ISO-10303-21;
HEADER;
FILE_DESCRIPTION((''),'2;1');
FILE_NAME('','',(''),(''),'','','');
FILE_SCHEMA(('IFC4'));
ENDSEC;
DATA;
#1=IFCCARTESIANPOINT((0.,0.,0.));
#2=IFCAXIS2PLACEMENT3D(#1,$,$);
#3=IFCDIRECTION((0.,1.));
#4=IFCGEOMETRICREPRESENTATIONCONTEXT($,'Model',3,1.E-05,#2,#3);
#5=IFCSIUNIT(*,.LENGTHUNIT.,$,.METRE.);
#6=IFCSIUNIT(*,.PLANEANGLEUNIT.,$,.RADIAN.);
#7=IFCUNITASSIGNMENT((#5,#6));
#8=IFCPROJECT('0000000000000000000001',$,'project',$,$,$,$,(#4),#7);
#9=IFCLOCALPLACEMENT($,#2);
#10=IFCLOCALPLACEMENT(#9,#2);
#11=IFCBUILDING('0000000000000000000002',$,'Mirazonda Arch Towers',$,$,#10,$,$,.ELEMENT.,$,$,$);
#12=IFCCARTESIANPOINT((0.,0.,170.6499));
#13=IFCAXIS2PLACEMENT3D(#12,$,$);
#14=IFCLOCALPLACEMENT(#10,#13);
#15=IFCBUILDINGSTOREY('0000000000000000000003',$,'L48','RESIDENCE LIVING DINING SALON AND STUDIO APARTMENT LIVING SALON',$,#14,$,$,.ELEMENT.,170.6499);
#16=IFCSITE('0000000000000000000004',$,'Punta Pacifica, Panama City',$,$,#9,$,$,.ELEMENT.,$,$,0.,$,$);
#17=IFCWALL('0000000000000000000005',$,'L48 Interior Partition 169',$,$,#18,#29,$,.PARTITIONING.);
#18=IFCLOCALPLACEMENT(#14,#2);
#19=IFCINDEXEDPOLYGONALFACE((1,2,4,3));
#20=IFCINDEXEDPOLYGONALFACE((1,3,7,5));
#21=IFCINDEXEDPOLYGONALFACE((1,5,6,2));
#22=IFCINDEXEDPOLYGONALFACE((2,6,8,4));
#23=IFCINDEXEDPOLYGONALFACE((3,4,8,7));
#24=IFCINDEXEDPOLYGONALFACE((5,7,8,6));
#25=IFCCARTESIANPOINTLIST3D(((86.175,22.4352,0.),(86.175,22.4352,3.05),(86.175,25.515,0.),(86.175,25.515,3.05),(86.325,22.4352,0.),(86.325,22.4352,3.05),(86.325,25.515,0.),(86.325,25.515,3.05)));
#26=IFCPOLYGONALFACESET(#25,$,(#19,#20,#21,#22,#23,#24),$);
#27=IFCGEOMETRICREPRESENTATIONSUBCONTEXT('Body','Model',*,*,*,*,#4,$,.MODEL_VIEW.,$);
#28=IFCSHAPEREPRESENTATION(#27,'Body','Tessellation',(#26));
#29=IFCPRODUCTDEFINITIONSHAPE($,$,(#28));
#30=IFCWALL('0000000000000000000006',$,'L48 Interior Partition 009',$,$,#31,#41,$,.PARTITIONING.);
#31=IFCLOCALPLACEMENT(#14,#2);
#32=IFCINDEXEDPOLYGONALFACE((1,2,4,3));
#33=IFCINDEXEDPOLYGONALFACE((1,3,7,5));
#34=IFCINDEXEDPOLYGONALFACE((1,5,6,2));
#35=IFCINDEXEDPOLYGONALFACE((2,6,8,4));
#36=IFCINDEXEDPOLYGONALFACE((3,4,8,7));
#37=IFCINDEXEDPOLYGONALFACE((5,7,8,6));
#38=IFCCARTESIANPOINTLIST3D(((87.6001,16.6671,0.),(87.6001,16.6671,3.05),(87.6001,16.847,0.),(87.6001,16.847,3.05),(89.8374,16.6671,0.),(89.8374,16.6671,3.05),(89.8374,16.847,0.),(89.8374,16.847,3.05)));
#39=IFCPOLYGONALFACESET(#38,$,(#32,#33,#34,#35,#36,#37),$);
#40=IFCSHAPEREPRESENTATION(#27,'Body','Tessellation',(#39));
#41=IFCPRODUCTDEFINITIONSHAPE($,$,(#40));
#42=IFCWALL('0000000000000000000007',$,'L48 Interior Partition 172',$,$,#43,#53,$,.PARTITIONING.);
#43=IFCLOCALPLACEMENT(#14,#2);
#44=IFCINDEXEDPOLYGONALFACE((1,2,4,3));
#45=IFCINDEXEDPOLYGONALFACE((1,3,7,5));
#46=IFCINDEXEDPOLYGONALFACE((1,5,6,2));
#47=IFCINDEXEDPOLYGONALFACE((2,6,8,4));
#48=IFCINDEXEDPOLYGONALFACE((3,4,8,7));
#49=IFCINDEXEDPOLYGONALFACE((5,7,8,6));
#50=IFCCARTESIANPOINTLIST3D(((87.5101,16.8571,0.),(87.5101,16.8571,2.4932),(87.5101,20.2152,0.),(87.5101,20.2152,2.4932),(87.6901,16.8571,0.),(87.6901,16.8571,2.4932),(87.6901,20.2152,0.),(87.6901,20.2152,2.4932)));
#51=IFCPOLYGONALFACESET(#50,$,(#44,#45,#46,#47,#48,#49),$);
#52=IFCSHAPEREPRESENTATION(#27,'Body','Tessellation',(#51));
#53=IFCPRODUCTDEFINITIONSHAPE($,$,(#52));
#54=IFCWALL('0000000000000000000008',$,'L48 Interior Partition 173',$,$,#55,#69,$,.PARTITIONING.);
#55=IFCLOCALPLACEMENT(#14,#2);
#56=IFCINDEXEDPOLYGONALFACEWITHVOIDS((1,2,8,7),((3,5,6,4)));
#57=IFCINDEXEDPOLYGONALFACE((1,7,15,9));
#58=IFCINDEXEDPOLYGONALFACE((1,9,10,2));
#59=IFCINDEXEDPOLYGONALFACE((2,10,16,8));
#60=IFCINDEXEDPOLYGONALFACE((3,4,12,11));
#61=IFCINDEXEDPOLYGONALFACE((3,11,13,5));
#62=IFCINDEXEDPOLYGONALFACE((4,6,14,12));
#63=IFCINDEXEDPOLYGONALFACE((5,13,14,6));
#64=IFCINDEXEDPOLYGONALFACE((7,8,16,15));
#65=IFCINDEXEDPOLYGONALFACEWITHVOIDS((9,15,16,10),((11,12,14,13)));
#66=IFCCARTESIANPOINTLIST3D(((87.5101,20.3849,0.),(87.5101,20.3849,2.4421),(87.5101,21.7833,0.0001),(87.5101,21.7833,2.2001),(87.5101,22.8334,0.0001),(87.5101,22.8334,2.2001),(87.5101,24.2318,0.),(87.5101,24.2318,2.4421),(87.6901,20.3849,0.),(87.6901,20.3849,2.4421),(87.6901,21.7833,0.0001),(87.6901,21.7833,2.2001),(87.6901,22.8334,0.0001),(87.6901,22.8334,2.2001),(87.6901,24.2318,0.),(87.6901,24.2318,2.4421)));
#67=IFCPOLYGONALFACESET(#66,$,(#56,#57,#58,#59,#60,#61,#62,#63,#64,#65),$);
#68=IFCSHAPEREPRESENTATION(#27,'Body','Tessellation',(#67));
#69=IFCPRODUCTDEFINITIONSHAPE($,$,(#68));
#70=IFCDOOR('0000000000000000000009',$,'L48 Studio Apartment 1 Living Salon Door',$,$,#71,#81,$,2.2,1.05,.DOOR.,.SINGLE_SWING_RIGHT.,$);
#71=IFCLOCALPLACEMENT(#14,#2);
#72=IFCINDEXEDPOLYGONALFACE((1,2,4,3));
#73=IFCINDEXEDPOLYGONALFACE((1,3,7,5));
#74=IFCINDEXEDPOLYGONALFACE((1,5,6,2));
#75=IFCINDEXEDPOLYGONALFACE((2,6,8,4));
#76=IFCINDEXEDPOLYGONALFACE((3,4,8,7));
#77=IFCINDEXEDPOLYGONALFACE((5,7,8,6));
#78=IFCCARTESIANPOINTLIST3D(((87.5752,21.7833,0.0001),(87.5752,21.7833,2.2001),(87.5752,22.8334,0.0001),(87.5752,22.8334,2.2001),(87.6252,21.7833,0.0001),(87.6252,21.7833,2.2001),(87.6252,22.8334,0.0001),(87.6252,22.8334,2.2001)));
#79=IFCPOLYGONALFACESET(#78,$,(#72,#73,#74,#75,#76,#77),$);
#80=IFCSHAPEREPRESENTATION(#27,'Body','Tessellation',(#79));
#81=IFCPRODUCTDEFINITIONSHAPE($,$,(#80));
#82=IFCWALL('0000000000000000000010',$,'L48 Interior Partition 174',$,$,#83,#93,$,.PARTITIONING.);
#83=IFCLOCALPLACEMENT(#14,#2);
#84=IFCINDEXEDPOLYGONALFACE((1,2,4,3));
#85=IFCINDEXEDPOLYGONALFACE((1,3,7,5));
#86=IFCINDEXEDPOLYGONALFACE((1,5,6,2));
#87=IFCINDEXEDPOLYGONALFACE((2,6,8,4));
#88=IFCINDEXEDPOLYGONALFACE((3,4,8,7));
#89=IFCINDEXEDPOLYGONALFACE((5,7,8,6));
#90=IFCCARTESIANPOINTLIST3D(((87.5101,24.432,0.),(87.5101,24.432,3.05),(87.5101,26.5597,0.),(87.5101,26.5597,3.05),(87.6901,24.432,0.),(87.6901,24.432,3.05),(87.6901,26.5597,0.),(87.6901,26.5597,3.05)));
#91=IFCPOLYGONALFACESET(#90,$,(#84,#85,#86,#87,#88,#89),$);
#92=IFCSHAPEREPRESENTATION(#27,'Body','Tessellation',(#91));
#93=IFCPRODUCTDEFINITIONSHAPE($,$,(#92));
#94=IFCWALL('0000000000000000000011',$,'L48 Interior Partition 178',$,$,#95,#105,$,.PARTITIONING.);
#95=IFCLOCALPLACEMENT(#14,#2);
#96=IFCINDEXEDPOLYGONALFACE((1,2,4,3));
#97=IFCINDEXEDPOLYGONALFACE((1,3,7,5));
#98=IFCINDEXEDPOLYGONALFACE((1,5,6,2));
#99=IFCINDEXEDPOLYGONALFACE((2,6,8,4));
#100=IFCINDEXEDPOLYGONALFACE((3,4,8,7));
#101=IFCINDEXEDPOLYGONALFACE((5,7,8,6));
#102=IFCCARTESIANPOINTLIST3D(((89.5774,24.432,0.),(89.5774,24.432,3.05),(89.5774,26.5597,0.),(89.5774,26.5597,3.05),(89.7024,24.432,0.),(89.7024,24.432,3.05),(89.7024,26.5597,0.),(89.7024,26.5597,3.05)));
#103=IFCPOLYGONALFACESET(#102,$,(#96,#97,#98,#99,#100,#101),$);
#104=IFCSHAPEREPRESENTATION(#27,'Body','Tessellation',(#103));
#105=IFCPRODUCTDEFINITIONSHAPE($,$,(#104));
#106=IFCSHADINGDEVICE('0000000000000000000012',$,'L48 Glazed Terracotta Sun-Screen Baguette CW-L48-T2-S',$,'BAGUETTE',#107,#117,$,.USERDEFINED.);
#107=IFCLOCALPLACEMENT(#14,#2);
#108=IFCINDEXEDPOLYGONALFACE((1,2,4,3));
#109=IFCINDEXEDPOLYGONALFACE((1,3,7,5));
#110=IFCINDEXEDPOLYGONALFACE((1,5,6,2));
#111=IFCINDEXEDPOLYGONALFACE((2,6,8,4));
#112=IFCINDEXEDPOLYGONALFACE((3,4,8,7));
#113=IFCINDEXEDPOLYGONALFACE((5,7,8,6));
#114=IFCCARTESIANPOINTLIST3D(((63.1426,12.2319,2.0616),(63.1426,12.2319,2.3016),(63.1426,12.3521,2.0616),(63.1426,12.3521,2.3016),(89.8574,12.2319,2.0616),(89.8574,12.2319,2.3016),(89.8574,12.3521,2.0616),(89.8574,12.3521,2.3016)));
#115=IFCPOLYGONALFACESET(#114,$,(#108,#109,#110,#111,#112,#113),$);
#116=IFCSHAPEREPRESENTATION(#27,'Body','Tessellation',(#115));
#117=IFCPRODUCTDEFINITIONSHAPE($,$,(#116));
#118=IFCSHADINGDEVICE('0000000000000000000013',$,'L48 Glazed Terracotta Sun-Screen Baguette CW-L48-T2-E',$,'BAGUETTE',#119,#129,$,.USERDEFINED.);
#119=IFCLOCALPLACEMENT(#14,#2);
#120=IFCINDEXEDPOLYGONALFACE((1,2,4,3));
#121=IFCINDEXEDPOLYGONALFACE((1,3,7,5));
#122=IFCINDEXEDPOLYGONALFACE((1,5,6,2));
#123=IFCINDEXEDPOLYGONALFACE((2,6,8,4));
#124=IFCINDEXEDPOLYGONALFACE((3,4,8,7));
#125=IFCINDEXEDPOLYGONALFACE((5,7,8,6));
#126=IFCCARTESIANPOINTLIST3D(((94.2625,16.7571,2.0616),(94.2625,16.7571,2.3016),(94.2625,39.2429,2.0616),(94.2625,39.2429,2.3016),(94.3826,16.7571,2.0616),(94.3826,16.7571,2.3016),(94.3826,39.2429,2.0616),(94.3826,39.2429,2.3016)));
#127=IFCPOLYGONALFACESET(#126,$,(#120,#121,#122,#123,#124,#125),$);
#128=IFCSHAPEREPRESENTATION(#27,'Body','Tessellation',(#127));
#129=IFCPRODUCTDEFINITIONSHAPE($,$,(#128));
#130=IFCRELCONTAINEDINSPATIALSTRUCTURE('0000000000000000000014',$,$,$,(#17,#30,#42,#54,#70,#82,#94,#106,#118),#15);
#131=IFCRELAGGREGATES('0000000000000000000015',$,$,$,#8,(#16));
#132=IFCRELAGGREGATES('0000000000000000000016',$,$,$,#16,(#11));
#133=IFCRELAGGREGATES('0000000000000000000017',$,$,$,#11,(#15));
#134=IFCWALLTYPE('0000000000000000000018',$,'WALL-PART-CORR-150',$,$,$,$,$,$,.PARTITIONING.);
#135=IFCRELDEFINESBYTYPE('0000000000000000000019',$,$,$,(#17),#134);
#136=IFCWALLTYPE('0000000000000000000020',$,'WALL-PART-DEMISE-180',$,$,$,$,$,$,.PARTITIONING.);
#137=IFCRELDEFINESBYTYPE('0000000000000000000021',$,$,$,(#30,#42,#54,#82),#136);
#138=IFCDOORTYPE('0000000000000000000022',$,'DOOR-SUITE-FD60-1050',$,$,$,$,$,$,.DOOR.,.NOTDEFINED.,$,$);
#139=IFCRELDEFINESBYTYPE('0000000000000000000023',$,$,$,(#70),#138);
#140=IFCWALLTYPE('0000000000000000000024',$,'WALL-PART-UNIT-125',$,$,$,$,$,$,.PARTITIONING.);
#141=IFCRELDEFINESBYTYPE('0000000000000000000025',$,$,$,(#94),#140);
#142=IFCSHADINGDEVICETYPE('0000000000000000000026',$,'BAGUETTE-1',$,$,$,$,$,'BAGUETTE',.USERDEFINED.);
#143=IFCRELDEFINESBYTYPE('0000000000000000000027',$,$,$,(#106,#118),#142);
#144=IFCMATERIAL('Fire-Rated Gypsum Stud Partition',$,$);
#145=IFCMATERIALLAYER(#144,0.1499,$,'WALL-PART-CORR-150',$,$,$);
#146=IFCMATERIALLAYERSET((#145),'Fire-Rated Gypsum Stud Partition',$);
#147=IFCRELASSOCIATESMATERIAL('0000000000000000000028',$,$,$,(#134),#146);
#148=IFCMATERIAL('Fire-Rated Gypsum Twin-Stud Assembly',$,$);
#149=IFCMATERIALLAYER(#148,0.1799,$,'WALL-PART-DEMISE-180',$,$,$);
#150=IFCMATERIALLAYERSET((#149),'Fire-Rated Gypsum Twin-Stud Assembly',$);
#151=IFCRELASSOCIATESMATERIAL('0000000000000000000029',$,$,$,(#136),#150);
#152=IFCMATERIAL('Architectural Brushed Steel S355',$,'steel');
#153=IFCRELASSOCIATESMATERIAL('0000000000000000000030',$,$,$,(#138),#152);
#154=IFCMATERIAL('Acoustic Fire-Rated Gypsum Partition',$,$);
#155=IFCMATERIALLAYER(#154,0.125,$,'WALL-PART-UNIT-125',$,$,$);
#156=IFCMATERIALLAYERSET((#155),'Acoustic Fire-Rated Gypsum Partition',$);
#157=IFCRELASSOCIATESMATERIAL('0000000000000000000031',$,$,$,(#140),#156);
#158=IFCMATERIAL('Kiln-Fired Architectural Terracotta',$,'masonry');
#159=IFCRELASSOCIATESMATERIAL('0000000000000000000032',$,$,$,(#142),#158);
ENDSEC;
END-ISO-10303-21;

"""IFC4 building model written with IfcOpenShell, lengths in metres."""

from ifc_helpers import new_model, si_unit, direction, frame, frame_2d, origin, origin_2d, place, context, subcontext, project, spatial, rectangle, extrude, material, layer, layer_set, material_profile, profile_set, type_object, element, fill, save


model = new_model("IFC4")

# Units and contexts
model_context = context("Model", 3, precision=1e-05, world=origin(), true_north=direction((0.0, 1.0)))
body_context = subcontext(model_context, "Body", "Model", "MODEL_VIEW")
ifc_project = project(units=[si_unit("LENGTHUNIT", "METRE"), si_unit("PLANEANGLEUNIT", "RADIAN")], contexts=[model_context])

# Site, building, storey
site_placement = place(None, origin())
site = spatial("IfcSite", under=ifc_project, at=site_placement, Name="Punta Pacifica, Panama City", CompositionType="ELEMENT", RefElevation=0.0)
building_placement = place(site_placement, origin())
building = spatial("IfcBuilding", under=site, at=building_placement, Name="Mirazonda Arch Towers", CompositionType="ELEMENT")
storey_placement = place(building_placement, frame((0.0, 0.0, 170.6499)))
storey = spatial("IfcBuildingStorey", under=building, at=storey_placement, Name="L48", Description="RESIDENCE LIVING DINING SALON AND STUDIO APARTMENT LIVING SALON", CompositionType="ELEMENT", Elevation=170.6499)

# Walls
ifc_material_1 = material(Name="Fire-Rated Gypsum Stud Partition")
ifc_layer_1 = layer(ifc_material_1, 0.1499, Name="WALL-PART-CORR-150")
ifc_layer_set_1 = layer_set([ifc_layer_1], Name="Fire-Rated Gypsum Stud Partition")
wall_type_1 = type_object("IfcWallType", Name="WALL-PART-CORR-150", PredefinedType="PARTITIONING", material=ifc_layer_set_1)
wall_1_placement = place(storey_placement, frame((86.25, 22.4351, 0.0), z_axis=(0.0, 0.0, 1.0), x_axis=(0.0, 1.0, 0.0)))
element("IfcWall", 1, at=wall_1_placement, inside=storey, type_object=wall_type_1, Name="L48 Interior Partition 169", PredefinedType="PARTITIONING", context=body_context, shape_type="SweptSolid", body=[
    extrude(rectangle(XDim=3.0798, YDim=0.1499, at=frame_2d((1.54, 0.0))), origin(), (0.0, 0.0, 1.0), 3.05),
])
ifc_material_2 = material(Name="Fire-Rated Gypsum Twin-Stud Assembly")
ifc_layer_2 = layer(ifc_material_2, 0.1799, Name="WALL-PART-DEMISE-180")
ifc_layer_set_2 = layer_set([ifc_layer_2], Name="Fire-Rated Gypsum Twin-Stud Assembly")
wall_type_2 = type_object("IfcWallType", Name="WALL-PART-DEMISE-180", PredefinedType="PARTITIONING", material=ifc_layer_set_2)
wall_2_placement = place(storey_placement, frame((87.6001, 16.7571, 0.0), z_axis=(0.0, 0.0, 1.0), x_axis=(1.0, 0.0, 0.0)))
element("IfcWall", 2, at=wall_2_placement, inside=storey, type_object=wall_type_2, Name="L48 Interior Partition 009", PredefinedType="PARTITIONING", context=body_context, shape_type="SweptSolid", body=[
    extrude(rectangle(XDim=2.2373, YDim=0.1799, at=frame_2d((1.1187, 0.0))), origin(), (0.0, 0.0, 1.0), 3.05),
])

# Shared definitions
ifc_material_3 = material(Name="Architectural Brushed Steel S355", Category="steel")

# Wall
wall_3_placement = place(storey_placement, frame((87.6001, 16.8569, 0.0), z_axis=(0.0, 0.0, 1.0), x_axis=(0.0, 1.0, 0.0)))
element("IfcWall", 3, at=wall_3_placement, inside=storey, type_object=wall_type_2, Name="L48 Interior Partition 172", PredefinedType="PARTITIONING", context=body_context, shape_type="SweptSolid", body=[
    extrude(rectangle(XDim=3.3582, YDim=0.1799, at=frame_2d((1.6792, 0.0))), origin(), (0.0, 0.0, 1.0), 2.4932),
])

# Wall, opening, door
wall_4_placement = place(storey_placement, frame((87.6001, 20.385, 0.0), z_axis=(0.0, 0.0, 1.0), x_axis=(0.0, 1.0, 0.0)))
wall_4 = element("IfcWall", 4, at=wall_4_placement, inside=storey, type_object=wall_type_2, Name="L48 Interior Partition 173", PredefinedType="PARTITIONING", context=body_context, shape_type="SweptSolid", body=[
    extrude(rectangle(XDim=3.8469, YDim=0.1799, at=frame_2d((1.9233, 0.0))), origin(), (0.0, 0.0, 1.0), 2.4421),
])
opening_1_placement = place(wall_4_placement, frame((1.3984, 0.0, 0.0)))
opening_1 = element("IfcOpeningElement", 5, at=opening_1_placement, cuts=wall_4, PredefinedType="OPENING", context=body_context, shape_type="SweptSolid", body=[
    extrude(rectangle(XDim=1.05, YDim=2.2, at=frame_2d((0.5249, 1.1001))), frame((0.0, 0.0999, 0.0), z_axis=(0.0, -1.0, 0.0), x_axis=(1.0, 0.0, 0.0)), (0.0, 0.0, 1.0), 0.2),
])
door_type_1 = type_object("IfcDoorType", Name="DOOR-SUITE-FD60-1050", OperationType="NOTDEFINED", PredefinedType="DOOR", material=ifc_material_3)
door_1_placement = place(opening_1_placement, origin())
door_1 = element("IfcDoor", 6, at=door_1_placement, inside=storey, type_object=door_type_1, Name="L48 Studio Apartment 1 Living Salon Door", OperationType="SINGLE_SWING_RIGHT", OverallHeight=2.2, OverallWidth=1.05, PredefinedType="DOOR", context=body_context, shape_type="SweptSolid", body=[
    extrude(rectangle(XDim=1.05, YDim=2.2, at=frame_2d((0.5249, 1.1001))), frame((0.0, 0.0249, 0.0), z_axis=(0.0, -1.0, 0.0), x_axis=(1.0, 0.0, 0.0)), (0.0, 0.0, 1.0), 0.05),
])
fill(opening_1, door_1)

# Walls
wall_5_placement = place(storey_placement, frame((87.6001, 24.4319, 0.0), z_axis=(0.0, 0.0, 1.0), x_axis=(0.0, 1.0, 0.0)))
element("IfcWall", 7, at=wall_5_placement, inside=storey, type_object=wall_type_2, Name="L48 Interior Partition 174", PredefinedType="PARTITIONING", context=body_context, shape_type="SweptSolid", body=[
    extrude(rectangle(XDim=2.1277, YDim=0.1799, at=frame_2d((1.064, 0.0))), origin(), (0.0, 0.0, 1.0), 3.05),
])
ifc_material_4 = material(Name="Acoustic Fire-Rated Gypsum Partition")
ifc_layer_3 = layer(ifc_material_4, 0.125, Name="WALL-PART-UNIT-125")
ifc_layer_set_3 = layer_set([ifc_layer_3], Name="Acoustic Fire-Rated Gypsum Partition")
wall_type_3 = type_object("IfcWallType", Name="WALL-PART-UNIT-125", PredefinedType="PARTITIONING", material=ifc_layer_set_3)
wall_6_placement = place(storey_placement, frame((89.6399, 24.4319, 0.0), z_axis=(0.0, 0.0, 1.0), x_axis=(0.0, 1.0, 0.0)))
element("IfcWall", 8, at=wall_6_placement, inside=storey, type_object=wall_type_3, Name="L48 Interior Partition 178", PredefinedType="PARTITIONING", context=body_context, shape_type="SweptSolid", body=[
    extrude(rectangle(XDim=2.1277, YDim=0.125, at=frame_2d((1.064, 0.0))), origin(), (0.0, 0.0, 1.0), 3.05),
])

# Shading devices
ifc_material_5 = material(Name="Kiln-Fired Architectural Terracotta", Category="masonry")
ifc_material_profile_1 = material_profile(ifc_material_5, rectangle(XDim=0.1201, YDim=0.24, at=origin_2d()), Name="TERRA-BAG-120x240")
ifc_profile_set_1 = profile_set([ifc_material_profile_1], Name="Kiln-Fired Architectural Terracotta")
shading_device_type = type_object("IfcShadingDeviceType", Name="BAGUETTE-1", ElementType="BAGUETTE", PredefinedType="USERDEFINED", material=ifc_profile_set_1)
shading_device_1_placement = place(storey_placement, frame((89.8574, 12.292, 2.1816), z_axis=(-1.0, 0.0, 0.0), x_axis=(0.0, -1.0, 0.0)))
element("IfcShadingDevice", 9, at=shading_device_1_placement, inside=storey, type_object=shading_device_type, Name="L48 Glazed Terracotta Sun-Screen Baguette CW-L48-T2-S", ObjectType="BAGUETTE", PredefinedType="USERDEFINED", context=body_context, shape_type="SweptSolid", body=[
    extrude(rectangle(XDim=0.1201, YDim=0.24, at=origin_2d()), origin(), (0.0, 0.0, 1.0), 26.7148),
])
shading_device_2_placement = place(storey_placement, frame((94.3225, 16.7571, 2.1816), z_axis=(0.0, 1.0, 0.0), x_axis=(-1.0, 0.0, 0.0)))
element("IfcShadingDevice", 10, at=shading_device_2_placement, inside=storey, type_object=shading_device_type, Name="L48 Glazed Terracotta Sun-Screen Baguette CW-L48-T2-E", ObjectType="BAGUETTE", PredefinedType="USERDEFINED", context=body_context, shape_type="SweptSolid", body=[
    extrude(rectangle(XDim=0.1201, YDim=0.24, at=origin_2d()), origin(), (0.0, 0.0, 1.0), 22.4858),
])

save(model, "model.ifc")
